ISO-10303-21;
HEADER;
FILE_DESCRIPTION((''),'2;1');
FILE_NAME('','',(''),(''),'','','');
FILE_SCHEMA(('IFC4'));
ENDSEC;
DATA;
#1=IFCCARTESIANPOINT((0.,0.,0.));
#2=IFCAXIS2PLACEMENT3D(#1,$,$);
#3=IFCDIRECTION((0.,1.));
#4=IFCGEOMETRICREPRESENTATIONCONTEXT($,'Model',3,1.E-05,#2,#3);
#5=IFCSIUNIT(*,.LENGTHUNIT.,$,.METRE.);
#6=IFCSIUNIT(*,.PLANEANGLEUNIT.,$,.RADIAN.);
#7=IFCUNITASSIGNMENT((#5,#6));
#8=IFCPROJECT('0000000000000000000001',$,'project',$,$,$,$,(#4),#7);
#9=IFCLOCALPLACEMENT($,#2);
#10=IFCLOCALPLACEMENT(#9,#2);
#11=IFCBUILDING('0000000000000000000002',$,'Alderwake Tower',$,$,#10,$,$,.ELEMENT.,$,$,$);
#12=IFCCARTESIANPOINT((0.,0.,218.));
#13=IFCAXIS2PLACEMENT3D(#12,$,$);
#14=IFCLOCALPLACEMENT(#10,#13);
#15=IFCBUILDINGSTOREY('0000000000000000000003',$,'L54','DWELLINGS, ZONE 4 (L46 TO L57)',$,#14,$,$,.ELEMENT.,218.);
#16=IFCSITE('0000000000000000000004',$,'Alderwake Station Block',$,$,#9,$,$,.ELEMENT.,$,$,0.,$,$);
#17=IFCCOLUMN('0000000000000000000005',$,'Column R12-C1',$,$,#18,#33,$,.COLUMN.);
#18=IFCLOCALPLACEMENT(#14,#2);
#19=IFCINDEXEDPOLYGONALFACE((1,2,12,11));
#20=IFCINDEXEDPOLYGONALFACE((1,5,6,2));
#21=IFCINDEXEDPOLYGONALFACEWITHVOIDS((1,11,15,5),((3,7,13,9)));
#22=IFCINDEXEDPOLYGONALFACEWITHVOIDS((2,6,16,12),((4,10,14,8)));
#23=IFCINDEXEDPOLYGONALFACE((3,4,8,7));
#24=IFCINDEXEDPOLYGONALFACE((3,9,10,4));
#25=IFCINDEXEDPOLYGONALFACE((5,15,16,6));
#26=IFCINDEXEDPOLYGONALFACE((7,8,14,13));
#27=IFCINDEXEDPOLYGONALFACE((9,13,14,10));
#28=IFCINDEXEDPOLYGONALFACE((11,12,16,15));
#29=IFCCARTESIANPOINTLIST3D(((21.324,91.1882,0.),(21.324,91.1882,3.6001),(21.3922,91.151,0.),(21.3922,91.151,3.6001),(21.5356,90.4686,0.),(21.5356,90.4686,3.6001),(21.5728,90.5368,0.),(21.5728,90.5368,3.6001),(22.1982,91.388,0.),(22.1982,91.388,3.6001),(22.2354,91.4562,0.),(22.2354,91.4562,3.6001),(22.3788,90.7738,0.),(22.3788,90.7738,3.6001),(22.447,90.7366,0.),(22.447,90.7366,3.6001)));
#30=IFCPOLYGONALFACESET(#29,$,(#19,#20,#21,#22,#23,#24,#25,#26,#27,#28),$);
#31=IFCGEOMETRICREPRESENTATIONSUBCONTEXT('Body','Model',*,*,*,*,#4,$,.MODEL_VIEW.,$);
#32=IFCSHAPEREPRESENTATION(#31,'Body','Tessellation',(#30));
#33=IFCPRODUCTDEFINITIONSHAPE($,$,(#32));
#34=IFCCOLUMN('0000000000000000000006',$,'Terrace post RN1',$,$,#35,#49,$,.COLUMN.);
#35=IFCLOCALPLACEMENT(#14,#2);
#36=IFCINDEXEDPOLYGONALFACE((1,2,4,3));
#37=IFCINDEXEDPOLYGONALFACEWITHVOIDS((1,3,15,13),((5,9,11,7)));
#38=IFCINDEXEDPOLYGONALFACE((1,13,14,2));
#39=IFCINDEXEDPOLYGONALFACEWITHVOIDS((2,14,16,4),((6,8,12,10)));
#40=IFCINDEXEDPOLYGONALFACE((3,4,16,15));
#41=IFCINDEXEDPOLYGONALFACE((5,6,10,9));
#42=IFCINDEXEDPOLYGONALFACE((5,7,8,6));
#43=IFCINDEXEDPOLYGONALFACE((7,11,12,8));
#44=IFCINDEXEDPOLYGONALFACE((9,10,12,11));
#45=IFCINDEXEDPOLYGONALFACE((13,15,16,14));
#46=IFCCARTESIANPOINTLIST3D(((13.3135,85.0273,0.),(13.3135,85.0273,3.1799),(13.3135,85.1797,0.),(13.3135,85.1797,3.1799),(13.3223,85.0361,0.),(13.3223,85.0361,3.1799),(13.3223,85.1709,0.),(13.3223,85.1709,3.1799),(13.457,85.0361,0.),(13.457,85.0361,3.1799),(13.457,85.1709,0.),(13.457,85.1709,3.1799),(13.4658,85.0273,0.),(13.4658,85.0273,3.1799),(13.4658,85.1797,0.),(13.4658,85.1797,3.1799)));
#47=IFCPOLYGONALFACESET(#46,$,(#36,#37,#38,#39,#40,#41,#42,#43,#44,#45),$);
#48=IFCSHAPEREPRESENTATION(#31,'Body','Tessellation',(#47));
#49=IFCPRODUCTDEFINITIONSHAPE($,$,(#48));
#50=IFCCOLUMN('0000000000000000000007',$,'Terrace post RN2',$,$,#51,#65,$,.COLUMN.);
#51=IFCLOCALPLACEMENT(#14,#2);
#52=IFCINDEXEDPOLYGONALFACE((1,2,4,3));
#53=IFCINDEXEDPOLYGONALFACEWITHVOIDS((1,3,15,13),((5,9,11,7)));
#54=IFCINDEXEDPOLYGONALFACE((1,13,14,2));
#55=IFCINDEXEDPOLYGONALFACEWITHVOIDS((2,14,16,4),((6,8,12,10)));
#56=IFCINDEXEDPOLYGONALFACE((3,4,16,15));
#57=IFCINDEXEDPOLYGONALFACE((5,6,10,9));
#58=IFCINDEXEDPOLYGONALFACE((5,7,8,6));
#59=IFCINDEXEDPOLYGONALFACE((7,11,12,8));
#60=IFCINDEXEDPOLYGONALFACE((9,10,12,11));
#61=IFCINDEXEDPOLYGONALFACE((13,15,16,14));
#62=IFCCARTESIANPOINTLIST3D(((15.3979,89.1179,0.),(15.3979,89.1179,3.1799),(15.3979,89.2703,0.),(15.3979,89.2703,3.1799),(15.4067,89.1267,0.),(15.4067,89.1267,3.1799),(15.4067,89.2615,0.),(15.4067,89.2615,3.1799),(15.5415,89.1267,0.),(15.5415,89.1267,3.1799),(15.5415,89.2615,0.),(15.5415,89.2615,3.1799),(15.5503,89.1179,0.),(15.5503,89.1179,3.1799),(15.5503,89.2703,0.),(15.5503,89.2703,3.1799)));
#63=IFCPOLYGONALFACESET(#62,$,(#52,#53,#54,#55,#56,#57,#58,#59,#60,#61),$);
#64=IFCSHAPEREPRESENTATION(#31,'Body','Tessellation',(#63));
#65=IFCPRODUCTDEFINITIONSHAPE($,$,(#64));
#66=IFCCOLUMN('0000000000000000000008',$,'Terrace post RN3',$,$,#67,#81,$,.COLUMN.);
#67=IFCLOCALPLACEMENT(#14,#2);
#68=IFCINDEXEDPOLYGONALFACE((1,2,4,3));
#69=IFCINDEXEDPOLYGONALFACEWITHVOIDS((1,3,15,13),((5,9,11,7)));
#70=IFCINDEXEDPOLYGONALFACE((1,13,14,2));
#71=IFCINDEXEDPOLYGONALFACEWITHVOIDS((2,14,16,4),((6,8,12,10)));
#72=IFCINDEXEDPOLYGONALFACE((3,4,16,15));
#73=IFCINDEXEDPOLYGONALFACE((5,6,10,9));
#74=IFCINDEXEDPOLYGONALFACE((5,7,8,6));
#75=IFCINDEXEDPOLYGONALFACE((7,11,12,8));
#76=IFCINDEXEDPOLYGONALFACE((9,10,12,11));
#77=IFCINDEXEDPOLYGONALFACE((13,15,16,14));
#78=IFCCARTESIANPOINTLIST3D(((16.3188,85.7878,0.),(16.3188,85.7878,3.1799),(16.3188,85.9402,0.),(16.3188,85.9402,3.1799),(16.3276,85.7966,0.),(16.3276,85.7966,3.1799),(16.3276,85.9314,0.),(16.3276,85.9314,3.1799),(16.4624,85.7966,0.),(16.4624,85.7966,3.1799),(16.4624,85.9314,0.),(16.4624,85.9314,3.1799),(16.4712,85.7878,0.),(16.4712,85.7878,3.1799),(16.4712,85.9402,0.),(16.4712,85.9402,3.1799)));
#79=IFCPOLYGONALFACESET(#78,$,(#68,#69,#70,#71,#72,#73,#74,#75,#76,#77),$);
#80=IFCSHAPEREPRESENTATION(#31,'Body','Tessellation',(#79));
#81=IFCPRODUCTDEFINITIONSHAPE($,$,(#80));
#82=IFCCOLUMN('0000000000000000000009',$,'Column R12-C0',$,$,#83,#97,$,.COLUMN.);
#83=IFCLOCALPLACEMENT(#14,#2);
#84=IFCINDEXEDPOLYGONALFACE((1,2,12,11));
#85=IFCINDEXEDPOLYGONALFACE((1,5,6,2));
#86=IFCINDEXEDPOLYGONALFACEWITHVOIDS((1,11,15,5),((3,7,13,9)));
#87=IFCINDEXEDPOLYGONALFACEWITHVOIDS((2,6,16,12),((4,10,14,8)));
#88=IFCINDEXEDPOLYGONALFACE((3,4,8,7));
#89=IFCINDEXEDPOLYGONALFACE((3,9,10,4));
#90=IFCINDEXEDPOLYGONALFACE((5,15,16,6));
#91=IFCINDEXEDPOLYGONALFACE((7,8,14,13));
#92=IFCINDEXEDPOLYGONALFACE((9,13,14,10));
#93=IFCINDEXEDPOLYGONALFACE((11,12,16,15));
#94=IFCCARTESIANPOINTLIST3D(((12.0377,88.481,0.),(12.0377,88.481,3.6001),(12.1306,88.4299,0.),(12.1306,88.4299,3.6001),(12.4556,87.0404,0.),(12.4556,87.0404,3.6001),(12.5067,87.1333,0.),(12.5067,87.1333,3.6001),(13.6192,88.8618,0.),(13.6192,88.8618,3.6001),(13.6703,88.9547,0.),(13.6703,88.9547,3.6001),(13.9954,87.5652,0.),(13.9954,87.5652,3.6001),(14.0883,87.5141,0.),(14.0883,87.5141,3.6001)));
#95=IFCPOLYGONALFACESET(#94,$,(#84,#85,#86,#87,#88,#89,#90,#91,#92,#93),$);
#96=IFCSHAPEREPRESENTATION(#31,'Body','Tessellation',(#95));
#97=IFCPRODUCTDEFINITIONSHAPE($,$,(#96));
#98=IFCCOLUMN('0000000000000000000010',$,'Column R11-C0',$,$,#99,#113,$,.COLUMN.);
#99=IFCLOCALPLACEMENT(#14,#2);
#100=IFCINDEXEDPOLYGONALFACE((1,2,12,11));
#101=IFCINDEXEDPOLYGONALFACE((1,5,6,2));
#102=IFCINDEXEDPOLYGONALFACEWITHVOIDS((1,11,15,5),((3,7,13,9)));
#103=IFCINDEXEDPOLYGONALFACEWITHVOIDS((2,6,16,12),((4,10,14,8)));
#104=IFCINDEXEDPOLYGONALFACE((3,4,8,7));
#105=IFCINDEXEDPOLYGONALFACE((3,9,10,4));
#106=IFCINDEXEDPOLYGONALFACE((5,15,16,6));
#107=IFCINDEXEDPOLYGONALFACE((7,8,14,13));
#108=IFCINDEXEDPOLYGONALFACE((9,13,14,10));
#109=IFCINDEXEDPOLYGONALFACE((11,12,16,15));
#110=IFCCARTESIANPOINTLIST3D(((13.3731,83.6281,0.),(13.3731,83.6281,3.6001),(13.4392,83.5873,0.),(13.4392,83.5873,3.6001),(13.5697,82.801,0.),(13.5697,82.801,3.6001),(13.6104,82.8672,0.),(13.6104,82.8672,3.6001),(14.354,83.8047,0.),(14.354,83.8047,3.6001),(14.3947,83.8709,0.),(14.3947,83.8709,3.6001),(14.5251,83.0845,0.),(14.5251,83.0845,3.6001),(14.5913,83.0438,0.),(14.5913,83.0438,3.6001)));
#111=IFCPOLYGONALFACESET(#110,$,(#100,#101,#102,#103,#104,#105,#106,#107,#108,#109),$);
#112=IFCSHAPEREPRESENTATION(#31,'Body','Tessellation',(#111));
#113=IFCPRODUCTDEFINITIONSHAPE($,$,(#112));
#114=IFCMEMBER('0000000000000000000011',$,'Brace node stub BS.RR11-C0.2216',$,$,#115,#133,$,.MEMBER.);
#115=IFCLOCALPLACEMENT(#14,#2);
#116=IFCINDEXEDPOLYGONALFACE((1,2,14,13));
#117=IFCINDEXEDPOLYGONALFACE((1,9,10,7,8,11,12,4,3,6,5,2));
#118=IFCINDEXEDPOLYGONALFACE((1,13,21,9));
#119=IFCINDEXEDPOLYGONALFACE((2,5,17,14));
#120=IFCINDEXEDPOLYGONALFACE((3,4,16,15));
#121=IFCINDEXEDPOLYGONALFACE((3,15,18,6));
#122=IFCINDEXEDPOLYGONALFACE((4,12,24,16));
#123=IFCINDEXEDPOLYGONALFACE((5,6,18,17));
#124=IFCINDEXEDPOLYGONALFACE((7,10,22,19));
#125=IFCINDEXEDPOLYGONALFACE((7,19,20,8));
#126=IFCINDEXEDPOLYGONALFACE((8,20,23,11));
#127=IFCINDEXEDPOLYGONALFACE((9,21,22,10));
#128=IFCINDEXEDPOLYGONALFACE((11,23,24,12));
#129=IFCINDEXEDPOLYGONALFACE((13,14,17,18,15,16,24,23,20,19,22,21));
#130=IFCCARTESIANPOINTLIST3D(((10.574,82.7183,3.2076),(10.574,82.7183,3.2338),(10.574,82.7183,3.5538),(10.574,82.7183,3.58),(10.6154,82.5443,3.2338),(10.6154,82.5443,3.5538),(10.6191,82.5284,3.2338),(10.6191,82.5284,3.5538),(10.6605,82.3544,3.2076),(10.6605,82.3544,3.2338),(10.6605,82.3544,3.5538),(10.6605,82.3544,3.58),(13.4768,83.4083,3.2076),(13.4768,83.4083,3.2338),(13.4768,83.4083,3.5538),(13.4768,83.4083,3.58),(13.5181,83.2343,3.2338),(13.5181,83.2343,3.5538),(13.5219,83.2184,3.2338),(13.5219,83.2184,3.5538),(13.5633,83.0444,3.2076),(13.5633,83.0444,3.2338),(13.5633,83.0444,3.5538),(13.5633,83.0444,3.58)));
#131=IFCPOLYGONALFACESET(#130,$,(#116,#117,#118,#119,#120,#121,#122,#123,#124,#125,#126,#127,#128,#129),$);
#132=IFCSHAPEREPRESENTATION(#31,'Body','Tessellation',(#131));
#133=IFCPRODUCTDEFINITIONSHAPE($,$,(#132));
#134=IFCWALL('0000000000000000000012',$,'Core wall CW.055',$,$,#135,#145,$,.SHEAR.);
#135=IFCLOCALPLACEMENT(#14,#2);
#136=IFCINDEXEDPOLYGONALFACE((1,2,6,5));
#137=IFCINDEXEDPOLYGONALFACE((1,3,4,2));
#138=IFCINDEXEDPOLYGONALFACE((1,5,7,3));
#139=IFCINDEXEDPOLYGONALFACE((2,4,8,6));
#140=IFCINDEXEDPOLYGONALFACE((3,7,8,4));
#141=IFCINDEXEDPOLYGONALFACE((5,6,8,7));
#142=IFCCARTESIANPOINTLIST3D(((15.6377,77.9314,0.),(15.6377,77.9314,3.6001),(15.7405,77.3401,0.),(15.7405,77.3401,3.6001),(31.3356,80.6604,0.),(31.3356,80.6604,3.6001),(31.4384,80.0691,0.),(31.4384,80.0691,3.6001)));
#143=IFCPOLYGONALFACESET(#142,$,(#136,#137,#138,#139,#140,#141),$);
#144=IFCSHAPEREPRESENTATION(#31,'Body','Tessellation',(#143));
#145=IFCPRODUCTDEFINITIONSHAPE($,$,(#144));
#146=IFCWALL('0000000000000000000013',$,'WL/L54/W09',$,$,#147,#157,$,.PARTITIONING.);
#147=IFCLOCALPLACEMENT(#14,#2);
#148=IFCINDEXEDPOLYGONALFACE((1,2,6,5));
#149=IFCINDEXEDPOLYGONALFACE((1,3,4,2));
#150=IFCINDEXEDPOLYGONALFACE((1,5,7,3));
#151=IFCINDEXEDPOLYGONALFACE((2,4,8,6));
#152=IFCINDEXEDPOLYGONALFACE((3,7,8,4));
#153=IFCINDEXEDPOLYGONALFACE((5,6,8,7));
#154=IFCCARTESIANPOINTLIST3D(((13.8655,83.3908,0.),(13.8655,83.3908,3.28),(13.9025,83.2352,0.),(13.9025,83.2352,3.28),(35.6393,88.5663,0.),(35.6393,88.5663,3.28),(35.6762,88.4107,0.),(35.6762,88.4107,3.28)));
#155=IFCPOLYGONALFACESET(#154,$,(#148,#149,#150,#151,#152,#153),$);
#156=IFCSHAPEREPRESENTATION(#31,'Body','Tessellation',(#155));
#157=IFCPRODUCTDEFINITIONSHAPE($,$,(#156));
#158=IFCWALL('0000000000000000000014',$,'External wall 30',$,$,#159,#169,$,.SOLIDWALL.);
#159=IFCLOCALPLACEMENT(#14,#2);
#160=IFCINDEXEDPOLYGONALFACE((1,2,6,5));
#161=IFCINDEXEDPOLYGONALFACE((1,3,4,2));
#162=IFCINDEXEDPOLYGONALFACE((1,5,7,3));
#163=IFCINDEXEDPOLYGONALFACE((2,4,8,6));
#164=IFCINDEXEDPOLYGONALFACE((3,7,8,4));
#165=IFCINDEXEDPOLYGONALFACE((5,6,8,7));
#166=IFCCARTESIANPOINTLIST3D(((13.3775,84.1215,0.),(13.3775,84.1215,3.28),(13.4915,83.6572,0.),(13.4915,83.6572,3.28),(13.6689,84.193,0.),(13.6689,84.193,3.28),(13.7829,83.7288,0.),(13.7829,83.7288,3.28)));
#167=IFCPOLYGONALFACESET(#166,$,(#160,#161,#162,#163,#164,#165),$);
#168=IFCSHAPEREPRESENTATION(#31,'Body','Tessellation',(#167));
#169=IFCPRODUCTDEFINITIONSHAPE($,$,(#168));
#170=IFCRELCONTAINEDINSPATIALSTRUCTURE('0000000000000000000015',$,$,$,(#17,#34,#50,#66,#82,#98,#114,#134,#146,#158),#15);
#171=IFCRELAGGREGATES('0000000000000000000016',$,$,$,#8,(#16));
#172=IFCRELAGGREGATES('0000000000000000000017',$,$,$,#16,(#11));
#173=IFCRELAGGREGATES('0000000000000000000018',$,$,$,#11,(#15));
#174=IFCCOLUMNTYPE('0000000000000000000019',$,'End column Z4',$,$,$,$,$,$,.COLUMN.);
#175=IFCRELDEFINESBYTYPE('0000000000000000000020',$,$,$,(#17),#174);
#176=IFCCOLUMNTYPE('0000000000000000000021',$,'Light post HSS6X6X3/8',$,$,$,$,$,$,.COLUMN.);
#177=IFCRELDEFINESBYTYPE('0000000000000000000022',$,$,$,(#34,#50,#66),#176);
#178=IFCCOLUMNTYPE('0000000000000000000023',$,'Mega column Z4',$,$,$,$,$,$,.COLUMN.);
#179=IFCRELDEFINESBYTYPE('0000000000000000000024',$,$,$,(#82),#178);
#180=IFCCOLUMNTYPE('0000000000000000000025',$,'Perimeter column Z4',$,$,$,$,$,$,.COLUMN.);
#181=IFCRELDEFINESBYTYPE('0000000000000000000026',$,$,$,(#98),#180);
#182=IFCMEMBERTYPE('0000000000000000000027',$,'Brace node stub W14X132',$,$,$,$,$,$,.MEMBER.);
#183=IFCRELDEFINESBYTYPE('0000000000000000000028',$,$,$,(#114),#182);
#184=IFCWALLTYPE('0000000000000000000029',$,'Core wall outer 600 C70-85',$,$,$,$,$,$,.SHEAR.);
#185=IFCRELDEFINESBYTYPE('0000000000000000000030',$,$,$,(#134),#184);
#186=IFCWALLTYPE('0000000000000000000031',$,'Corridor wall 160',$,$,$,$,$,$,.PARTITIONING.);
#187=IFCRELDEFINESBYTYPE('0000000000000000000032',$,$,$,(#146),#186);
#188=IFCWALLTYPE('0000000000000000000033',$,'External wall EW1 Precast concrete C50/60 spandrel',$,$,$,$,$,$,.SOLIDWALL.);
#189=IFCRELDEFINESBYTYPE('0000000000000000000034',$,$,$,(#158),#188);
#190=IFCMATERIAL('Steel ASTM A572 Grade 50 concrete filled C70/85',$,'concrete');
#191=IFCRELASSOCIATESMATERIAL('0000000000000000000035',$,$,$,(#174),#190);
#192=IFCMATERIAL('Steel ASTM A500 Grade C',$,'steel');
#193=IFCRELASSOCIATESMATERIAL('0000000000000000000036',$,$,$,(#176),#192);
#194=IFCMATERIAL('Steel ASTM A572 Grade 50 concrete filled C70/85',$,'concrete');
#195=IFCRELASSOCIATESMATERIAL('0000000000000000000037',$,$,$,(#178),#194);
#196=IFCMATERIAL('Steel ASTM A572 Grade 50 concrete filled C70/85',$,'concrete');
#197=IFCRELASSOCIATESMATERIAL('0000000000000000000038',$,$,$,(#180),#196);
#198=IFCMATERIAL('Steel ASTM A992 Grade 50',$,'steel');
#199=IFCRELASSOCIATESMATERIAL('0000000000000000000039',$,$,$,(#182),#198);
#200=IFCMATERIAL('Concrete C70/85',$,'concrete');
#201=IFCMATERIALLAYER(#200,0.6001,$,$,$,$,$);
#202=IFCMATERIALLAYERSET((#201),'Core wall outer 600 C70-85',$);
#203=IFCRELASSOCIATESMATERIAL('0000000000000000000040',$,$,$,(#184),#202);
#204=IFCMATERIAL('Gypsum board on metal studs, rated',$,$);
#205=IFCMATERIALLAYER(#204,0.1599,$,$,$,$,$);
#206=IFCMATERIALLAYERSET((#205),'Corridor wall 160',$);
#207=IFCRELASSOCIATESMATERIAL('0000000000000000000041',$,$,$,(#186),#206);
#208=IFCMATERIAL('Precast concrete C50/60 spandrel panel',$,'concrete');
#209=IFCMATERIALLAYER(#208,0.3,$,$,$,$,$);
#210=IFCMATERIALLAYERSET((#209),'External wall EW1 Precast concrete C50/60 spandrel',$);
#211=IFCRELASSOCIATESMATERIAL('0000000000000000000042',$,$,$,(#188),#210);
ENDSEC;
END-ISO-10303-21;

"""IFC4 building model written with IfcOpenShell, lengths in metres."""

from ifc_helpers import new_model, si_unit, direction, frame, frame_2d, origin, origin_2d, place, context, subcontext, project, spatial, rectangle, hollow_rectangle, i_section, extrude, material, layer, layer_set, material_profile, profile_set, type_object, element, save


model = new_model("IFC4")

# Units and contexts
model_context = context("Model", 3, precision=1e-05, world=origin(), true_north=direction((0.0, 1.0)))
body_context = subcontext(model_context, "Body", "Model", "MODEL_VIEW")
ifc_project = project(units=[si_unit("LENGTHUNIT", "METRE"), si_unit("PLANEANGLEUNIT", "RADIAN")], contexts=[model_context])

# Site, building, storey
site_placement = place(None, origin())
site = spatial("IfcSite", under=ifc_project, at=site_placement, Name="Alderwake Station Block", CompositionType="ELEMENT", RefElevation=0.0)
building_placement = place(site_placement, origin())
building = spatial("IfcBuilding", under=site, at=building_placement, Name="Alderwake Tower", CompositionType="ELEMENT")
storey_placement = place(building_placement, frame((0.0, 0.0, 218.0)))
storey = spatial("IfcBuildingStorey", under=building, at=storey_placement, Name="L54", Description="DWELLINGS, ZONE 4 (L46 TO L57)", CompositionType="ELEMENT", Elevation=218.0)

# Columns
ifc_material_1 = material(Name="Steel ASTM A572 Grade 50 concrete filled C70/85", Category="concrete")
ifc_material_profile_1 = material_profile(ifc_material_1, hollow_rectangle(XDim=0.75, YDim=0.95, WallThickness=0.0549, at=origin_2d()), Name="BOX 950X750X55")
ifc_profile_set_1 = profile_set([ifc_material_profile_1], Name="Steel ASTM A572 Grade 50 concrete filled C70/85")
column_type_1 = type_object("IfcColumnType", Name="End column Z4", PredefinedType="COLUMN", material=ifc_profile_set_1)
column_1_placement = place(storey_placement, frame((21.8855, 90.9624, 0.0), z_axis=(0.0, 0.0, 1.0), x_axis=(-0.282132, 0.959376, 0.0)))
element("IfcColumn", 1, at=column_1_placement, inside=storey, type_object=column_type_1, Name="Column R12-C1", PredefinedType="COLUMN", context=body_context, shape_type="SweptSolid", body=[
    extrude(hollow_rectangle(XDim=0.75, YDim=0.95, WallThickness=0.0549, at=origin_2d()), origin(), (0.0, 0.0, 1.0), 3.6001),
])
ifc_material_2 = material(Name="Steel ASTM A500 Grade C", Category="steel")
ifc_material_profile_2 = material_profile(ifc_material_2, hollow_rectangle(XDim=0.1523, YDim=0.1523, WallThickness=0.0088, at=origin_2d()), Name="HSS6X6X3/8")
ifc_profile_set_2 = profile_set([ifc_material_profile_2], Name="Steel ASTM A500 Grade C")
column_type_2 = type_object("IfcColumnType", Name="Light post HSS6X6X3/8", PredefinedType="COLUMN", material=ifc_profile_set_2)
for number, where, z_axis, x_axis, name in (
    (2, (13.3896, 85.1035, 0.0), (0.0, 0.0, 1.0), (1.0, 0.0, 0.0), "Terrace post RN1"),
    (3, (15.4741, 89.1941, 0.0), (0.0, 0.0, 1.0), (1.0, 0.0, 0.0), "Terrace post RN2"),
    (4, (16.395, 85.864, 0.0), (0.0, 0.0, 1.0), (1.0, 0.0, 0.0), "Terrace post RN3"),
):
    element("IfcColumn", number, at=place(storey_placement, frame(where, z_axis=z_axis, x_axis=x_axis)), inside=storey, type_object=column_type_2, Name=name, PredefinedType="COLUMN", context=body_context, shape_type="SweptSolid", body=[
        extrude(hollow_rectangle(XDim=0.1523, YDim=0.1523, WallThickness=0.0088, at=origin_2d()), origin(), (0.0, 0.0, 1.0), 3.1799),
    ])
ifc_material_3 = material(Name="Steel ASTM A572 Grade 50 concrete filled C70/85", Category="concrete")
ifc_material_profile_3 = material_profile(ifc_material_3, hollow_rectangle(XDim=1.5, YDim=1.7, WallThickness=0.075, at=origin_2d()), Name="BOX 1700X1500X75")
ifc_profile_set_3 = profile_set([ifc_material_profile_3], Name="Steel ASTM A572 Grade 50 concrete filled C70/85")
column_type_3 = type_object("IfcColumnType", Name="Mega column Z4", PredefinedType="COLUMN", material=ifc_profile_set_3)
column_2_placement = place(storey_placement, frame((13.063, 87.9976, 0.0), z_axis=(0.0, 0.0, 1.0), x_axis=(-0.278612, 0.960404, 0.0)))
element("IfcColumn", 5, at=column_2_placement, inside=storey, type_object=column_type_3, Name="Column R12-C0", PredefinedType="COLUMN", context=body_context, shape_type="SweptSolid", body=[
    extrude(hollow_rectangle(XDim=1.5, YDim=1.7, WallThickness=0.075, at=origin_2d()), origin(), (0.0, 0.0, 1.0), 3.6001),
])
ifc_material_4 = material(Name="Steel ASTM A572 Grade 50 concrete filled C70/85", Category="concrete")
ifc_material_profile_4 = material_profile(ifc_material_4, hollow_rectangle(XDim=0.8501, YDim=1.05, WallThickness=0.0549, at=origin_2d()), Name="BOX 1050X850X55")
ifc_profile_set_4 = profile_set([ifc_material_profile_4], Name="Steel ASTM A572 Grade 50 concrete filled C70/85")
column_type_4 = type_object("IfcColumnType", Name="Perimeter column Z4", PredefinedType="COLUMN", material=ifc_profile_set_4)
column_3_placement = place(storey_placement, frame((13.9822, 83.3359, 0.0), z_axis=(0.0, 0.0, 1.0), x_axis=(-0.231222, 0.972901, 0.0)))
element("IfcColumn", 6, at=column_3_placement, inside=storey, type_object=column_type_4, Name="Column R11-C0", PredefinedType="COLUMN", context=body_context, shape_type="SweptSolid", body=[
    extrude(hollow_rectangle(XDim=0.8501, YDim=1.05, WallThickness=0.0549, at=origin_2d()), origin(), (0.0, 0.0, 1.0), 3.6001),
])

# Member
ifc_material_5 = material(Name="Steel ASTM A992 Grade 50", Category="steel")
ifc_material_profile_5 = material_profile(ifc_material_5, i_section(OverallWidth=0.374, OverallDepth=0.3723, WebThickness=0.0164, FlangeThickness=0.0261, at=origin_2d()), Name="W14X132")
ifc_profile_set_5 = profile_set([ifc_material_profile_5], Name="Steel ASTM A992 Grade 50")
member_type = type_object("IfcMemberType", Name="Brace node stub W14X132", PredefinedType="MEMBER", material=ifc_profile_set_5)
member_placement = place(storey_placement, frame((13.52, 83.2263, 3.3938), z_axis=(-0.972897, -0.231237, 0.0), x_axis=(0.231237, -0.972897, 0.0)))
element("IfcMember", 7, at=member_placement, inside=storey, type_object=member_type, Name="Brace node stub BS.RR11-C0.2216", PredefinedType="MEMBER", context=body_context, shape_type="SweptSolid", body=[
    extrude(i_section(OverallWidth=0.374, OverallDepth=0.3723, WebThickness=0.0164, FlangeThickness=0.0261, at=origin_2d()), origin(), (0.0, 0.0, 1.0), 2.9836),
])

# Walls
ifc_material_6 = material(Name="Concrete C70/85", Category="concrete")
ifc_layer_1 = layer(ifc_material_6, 0.6001)
ifc_layer_set_1 = layer_set([ifc_layer_1], Name="Core wall outer 600 C70-85")
wall_type_1 = type_object("IfcWallType", Name="Core wall outer 600 C70-85", PredefinedType="SHEAR", material=ifc_layer_set_1)
wall_1_placement = place(storey_placement, frame((15.689, 77.6357, 0.0), z_axis=(0.0, 0.0, 1.0), x_axis=(0.985223, 0.171275, 0.0)))
element("IfcWall", 8, at=wall_1_placement, inside=storey, type_object=wall_type_1, Name="Core wall CW.055", PredefinedType="SHEAR", context=body_context, shape_type="SweptSolid", body=[
    extrude(rectangle(XDim=15.9333, YDim=0.6001, at=frame_2d((7.9668, 0.0))), origin(), (0.0, 0.0, 1.0), 3.6001),
])
ifc_material_7 = material(Name="Gypsum board on metal studs, rated")
ifc_layer_2 = layer(ifc_material_7, 0.1599)
ifc_layer_set_2 = layer_set([ifc_layer_2], Name="Corridor wall 160")
wall_type_2 = type_object("IfcWallType", Name="Corridor wall 160", PredefinedType="PARTITIONING", material=ifc_layer_set_2)
wall_2_placement = place(storey_placement, frame((13.884, 83.313, 0.0), z_axis=(0.0, 0.0, 1.0), x_axis=(0.972893, 0.231254, 0.0)))
element("IfcWall", 9, at=wall_2_placement, inside=storey, type_object=wall_type_2, Name="WL/L54/W09", PredefinedType="PARTITIONING", context=body_context, shape_type="SweptSolid", body=[
    extrude(rectangle(XDim=22.3804, YDim=0.1599, at=frame_2d((11.1902, 0.0))), origin(), (0.0, 0.0, 1.0), 3.28),
])
ifc_material_8 = material(Name="Precast concrete C50/60 spandrel panel", Category="concrete")
ifc_layer_3 = layer(ifc_material_8, 0.3)
ifc_layer_set_3 = layer_set([ifc_layer_3], Name="External wall EW1 Precast concrete C50/60 spandrel")
wall_type_3 = type_object("IfcWallType", Name="External wall EW1 Precast concrete C50/60 spandrel", PredefinedType="SOLIDWALL", material=ifc_layer_set_3)
wall_3_placement = place(storey_placement, frame((13.5232, 84.1572, 0.0), z_axis=(0.0, 0.0, 1.0), x_axis=(0.238449, -0.971155, 0.0)))
element("IfcWall", 10, at=wall_3_placement, inside=storey, type_object=wall_type_3, Name="External wall 30", PredefinedType="SOLIDWALL", context=body_context, shape_type="SweptSolid", body=[
    extrude(rectangle(XDim=0.478, YDim=0.3, at=frame_2d((0.239, 0.0))), origin(), (0.0, 0.0, 1.0), 3.28),
])

save(model, "model.ifc")
